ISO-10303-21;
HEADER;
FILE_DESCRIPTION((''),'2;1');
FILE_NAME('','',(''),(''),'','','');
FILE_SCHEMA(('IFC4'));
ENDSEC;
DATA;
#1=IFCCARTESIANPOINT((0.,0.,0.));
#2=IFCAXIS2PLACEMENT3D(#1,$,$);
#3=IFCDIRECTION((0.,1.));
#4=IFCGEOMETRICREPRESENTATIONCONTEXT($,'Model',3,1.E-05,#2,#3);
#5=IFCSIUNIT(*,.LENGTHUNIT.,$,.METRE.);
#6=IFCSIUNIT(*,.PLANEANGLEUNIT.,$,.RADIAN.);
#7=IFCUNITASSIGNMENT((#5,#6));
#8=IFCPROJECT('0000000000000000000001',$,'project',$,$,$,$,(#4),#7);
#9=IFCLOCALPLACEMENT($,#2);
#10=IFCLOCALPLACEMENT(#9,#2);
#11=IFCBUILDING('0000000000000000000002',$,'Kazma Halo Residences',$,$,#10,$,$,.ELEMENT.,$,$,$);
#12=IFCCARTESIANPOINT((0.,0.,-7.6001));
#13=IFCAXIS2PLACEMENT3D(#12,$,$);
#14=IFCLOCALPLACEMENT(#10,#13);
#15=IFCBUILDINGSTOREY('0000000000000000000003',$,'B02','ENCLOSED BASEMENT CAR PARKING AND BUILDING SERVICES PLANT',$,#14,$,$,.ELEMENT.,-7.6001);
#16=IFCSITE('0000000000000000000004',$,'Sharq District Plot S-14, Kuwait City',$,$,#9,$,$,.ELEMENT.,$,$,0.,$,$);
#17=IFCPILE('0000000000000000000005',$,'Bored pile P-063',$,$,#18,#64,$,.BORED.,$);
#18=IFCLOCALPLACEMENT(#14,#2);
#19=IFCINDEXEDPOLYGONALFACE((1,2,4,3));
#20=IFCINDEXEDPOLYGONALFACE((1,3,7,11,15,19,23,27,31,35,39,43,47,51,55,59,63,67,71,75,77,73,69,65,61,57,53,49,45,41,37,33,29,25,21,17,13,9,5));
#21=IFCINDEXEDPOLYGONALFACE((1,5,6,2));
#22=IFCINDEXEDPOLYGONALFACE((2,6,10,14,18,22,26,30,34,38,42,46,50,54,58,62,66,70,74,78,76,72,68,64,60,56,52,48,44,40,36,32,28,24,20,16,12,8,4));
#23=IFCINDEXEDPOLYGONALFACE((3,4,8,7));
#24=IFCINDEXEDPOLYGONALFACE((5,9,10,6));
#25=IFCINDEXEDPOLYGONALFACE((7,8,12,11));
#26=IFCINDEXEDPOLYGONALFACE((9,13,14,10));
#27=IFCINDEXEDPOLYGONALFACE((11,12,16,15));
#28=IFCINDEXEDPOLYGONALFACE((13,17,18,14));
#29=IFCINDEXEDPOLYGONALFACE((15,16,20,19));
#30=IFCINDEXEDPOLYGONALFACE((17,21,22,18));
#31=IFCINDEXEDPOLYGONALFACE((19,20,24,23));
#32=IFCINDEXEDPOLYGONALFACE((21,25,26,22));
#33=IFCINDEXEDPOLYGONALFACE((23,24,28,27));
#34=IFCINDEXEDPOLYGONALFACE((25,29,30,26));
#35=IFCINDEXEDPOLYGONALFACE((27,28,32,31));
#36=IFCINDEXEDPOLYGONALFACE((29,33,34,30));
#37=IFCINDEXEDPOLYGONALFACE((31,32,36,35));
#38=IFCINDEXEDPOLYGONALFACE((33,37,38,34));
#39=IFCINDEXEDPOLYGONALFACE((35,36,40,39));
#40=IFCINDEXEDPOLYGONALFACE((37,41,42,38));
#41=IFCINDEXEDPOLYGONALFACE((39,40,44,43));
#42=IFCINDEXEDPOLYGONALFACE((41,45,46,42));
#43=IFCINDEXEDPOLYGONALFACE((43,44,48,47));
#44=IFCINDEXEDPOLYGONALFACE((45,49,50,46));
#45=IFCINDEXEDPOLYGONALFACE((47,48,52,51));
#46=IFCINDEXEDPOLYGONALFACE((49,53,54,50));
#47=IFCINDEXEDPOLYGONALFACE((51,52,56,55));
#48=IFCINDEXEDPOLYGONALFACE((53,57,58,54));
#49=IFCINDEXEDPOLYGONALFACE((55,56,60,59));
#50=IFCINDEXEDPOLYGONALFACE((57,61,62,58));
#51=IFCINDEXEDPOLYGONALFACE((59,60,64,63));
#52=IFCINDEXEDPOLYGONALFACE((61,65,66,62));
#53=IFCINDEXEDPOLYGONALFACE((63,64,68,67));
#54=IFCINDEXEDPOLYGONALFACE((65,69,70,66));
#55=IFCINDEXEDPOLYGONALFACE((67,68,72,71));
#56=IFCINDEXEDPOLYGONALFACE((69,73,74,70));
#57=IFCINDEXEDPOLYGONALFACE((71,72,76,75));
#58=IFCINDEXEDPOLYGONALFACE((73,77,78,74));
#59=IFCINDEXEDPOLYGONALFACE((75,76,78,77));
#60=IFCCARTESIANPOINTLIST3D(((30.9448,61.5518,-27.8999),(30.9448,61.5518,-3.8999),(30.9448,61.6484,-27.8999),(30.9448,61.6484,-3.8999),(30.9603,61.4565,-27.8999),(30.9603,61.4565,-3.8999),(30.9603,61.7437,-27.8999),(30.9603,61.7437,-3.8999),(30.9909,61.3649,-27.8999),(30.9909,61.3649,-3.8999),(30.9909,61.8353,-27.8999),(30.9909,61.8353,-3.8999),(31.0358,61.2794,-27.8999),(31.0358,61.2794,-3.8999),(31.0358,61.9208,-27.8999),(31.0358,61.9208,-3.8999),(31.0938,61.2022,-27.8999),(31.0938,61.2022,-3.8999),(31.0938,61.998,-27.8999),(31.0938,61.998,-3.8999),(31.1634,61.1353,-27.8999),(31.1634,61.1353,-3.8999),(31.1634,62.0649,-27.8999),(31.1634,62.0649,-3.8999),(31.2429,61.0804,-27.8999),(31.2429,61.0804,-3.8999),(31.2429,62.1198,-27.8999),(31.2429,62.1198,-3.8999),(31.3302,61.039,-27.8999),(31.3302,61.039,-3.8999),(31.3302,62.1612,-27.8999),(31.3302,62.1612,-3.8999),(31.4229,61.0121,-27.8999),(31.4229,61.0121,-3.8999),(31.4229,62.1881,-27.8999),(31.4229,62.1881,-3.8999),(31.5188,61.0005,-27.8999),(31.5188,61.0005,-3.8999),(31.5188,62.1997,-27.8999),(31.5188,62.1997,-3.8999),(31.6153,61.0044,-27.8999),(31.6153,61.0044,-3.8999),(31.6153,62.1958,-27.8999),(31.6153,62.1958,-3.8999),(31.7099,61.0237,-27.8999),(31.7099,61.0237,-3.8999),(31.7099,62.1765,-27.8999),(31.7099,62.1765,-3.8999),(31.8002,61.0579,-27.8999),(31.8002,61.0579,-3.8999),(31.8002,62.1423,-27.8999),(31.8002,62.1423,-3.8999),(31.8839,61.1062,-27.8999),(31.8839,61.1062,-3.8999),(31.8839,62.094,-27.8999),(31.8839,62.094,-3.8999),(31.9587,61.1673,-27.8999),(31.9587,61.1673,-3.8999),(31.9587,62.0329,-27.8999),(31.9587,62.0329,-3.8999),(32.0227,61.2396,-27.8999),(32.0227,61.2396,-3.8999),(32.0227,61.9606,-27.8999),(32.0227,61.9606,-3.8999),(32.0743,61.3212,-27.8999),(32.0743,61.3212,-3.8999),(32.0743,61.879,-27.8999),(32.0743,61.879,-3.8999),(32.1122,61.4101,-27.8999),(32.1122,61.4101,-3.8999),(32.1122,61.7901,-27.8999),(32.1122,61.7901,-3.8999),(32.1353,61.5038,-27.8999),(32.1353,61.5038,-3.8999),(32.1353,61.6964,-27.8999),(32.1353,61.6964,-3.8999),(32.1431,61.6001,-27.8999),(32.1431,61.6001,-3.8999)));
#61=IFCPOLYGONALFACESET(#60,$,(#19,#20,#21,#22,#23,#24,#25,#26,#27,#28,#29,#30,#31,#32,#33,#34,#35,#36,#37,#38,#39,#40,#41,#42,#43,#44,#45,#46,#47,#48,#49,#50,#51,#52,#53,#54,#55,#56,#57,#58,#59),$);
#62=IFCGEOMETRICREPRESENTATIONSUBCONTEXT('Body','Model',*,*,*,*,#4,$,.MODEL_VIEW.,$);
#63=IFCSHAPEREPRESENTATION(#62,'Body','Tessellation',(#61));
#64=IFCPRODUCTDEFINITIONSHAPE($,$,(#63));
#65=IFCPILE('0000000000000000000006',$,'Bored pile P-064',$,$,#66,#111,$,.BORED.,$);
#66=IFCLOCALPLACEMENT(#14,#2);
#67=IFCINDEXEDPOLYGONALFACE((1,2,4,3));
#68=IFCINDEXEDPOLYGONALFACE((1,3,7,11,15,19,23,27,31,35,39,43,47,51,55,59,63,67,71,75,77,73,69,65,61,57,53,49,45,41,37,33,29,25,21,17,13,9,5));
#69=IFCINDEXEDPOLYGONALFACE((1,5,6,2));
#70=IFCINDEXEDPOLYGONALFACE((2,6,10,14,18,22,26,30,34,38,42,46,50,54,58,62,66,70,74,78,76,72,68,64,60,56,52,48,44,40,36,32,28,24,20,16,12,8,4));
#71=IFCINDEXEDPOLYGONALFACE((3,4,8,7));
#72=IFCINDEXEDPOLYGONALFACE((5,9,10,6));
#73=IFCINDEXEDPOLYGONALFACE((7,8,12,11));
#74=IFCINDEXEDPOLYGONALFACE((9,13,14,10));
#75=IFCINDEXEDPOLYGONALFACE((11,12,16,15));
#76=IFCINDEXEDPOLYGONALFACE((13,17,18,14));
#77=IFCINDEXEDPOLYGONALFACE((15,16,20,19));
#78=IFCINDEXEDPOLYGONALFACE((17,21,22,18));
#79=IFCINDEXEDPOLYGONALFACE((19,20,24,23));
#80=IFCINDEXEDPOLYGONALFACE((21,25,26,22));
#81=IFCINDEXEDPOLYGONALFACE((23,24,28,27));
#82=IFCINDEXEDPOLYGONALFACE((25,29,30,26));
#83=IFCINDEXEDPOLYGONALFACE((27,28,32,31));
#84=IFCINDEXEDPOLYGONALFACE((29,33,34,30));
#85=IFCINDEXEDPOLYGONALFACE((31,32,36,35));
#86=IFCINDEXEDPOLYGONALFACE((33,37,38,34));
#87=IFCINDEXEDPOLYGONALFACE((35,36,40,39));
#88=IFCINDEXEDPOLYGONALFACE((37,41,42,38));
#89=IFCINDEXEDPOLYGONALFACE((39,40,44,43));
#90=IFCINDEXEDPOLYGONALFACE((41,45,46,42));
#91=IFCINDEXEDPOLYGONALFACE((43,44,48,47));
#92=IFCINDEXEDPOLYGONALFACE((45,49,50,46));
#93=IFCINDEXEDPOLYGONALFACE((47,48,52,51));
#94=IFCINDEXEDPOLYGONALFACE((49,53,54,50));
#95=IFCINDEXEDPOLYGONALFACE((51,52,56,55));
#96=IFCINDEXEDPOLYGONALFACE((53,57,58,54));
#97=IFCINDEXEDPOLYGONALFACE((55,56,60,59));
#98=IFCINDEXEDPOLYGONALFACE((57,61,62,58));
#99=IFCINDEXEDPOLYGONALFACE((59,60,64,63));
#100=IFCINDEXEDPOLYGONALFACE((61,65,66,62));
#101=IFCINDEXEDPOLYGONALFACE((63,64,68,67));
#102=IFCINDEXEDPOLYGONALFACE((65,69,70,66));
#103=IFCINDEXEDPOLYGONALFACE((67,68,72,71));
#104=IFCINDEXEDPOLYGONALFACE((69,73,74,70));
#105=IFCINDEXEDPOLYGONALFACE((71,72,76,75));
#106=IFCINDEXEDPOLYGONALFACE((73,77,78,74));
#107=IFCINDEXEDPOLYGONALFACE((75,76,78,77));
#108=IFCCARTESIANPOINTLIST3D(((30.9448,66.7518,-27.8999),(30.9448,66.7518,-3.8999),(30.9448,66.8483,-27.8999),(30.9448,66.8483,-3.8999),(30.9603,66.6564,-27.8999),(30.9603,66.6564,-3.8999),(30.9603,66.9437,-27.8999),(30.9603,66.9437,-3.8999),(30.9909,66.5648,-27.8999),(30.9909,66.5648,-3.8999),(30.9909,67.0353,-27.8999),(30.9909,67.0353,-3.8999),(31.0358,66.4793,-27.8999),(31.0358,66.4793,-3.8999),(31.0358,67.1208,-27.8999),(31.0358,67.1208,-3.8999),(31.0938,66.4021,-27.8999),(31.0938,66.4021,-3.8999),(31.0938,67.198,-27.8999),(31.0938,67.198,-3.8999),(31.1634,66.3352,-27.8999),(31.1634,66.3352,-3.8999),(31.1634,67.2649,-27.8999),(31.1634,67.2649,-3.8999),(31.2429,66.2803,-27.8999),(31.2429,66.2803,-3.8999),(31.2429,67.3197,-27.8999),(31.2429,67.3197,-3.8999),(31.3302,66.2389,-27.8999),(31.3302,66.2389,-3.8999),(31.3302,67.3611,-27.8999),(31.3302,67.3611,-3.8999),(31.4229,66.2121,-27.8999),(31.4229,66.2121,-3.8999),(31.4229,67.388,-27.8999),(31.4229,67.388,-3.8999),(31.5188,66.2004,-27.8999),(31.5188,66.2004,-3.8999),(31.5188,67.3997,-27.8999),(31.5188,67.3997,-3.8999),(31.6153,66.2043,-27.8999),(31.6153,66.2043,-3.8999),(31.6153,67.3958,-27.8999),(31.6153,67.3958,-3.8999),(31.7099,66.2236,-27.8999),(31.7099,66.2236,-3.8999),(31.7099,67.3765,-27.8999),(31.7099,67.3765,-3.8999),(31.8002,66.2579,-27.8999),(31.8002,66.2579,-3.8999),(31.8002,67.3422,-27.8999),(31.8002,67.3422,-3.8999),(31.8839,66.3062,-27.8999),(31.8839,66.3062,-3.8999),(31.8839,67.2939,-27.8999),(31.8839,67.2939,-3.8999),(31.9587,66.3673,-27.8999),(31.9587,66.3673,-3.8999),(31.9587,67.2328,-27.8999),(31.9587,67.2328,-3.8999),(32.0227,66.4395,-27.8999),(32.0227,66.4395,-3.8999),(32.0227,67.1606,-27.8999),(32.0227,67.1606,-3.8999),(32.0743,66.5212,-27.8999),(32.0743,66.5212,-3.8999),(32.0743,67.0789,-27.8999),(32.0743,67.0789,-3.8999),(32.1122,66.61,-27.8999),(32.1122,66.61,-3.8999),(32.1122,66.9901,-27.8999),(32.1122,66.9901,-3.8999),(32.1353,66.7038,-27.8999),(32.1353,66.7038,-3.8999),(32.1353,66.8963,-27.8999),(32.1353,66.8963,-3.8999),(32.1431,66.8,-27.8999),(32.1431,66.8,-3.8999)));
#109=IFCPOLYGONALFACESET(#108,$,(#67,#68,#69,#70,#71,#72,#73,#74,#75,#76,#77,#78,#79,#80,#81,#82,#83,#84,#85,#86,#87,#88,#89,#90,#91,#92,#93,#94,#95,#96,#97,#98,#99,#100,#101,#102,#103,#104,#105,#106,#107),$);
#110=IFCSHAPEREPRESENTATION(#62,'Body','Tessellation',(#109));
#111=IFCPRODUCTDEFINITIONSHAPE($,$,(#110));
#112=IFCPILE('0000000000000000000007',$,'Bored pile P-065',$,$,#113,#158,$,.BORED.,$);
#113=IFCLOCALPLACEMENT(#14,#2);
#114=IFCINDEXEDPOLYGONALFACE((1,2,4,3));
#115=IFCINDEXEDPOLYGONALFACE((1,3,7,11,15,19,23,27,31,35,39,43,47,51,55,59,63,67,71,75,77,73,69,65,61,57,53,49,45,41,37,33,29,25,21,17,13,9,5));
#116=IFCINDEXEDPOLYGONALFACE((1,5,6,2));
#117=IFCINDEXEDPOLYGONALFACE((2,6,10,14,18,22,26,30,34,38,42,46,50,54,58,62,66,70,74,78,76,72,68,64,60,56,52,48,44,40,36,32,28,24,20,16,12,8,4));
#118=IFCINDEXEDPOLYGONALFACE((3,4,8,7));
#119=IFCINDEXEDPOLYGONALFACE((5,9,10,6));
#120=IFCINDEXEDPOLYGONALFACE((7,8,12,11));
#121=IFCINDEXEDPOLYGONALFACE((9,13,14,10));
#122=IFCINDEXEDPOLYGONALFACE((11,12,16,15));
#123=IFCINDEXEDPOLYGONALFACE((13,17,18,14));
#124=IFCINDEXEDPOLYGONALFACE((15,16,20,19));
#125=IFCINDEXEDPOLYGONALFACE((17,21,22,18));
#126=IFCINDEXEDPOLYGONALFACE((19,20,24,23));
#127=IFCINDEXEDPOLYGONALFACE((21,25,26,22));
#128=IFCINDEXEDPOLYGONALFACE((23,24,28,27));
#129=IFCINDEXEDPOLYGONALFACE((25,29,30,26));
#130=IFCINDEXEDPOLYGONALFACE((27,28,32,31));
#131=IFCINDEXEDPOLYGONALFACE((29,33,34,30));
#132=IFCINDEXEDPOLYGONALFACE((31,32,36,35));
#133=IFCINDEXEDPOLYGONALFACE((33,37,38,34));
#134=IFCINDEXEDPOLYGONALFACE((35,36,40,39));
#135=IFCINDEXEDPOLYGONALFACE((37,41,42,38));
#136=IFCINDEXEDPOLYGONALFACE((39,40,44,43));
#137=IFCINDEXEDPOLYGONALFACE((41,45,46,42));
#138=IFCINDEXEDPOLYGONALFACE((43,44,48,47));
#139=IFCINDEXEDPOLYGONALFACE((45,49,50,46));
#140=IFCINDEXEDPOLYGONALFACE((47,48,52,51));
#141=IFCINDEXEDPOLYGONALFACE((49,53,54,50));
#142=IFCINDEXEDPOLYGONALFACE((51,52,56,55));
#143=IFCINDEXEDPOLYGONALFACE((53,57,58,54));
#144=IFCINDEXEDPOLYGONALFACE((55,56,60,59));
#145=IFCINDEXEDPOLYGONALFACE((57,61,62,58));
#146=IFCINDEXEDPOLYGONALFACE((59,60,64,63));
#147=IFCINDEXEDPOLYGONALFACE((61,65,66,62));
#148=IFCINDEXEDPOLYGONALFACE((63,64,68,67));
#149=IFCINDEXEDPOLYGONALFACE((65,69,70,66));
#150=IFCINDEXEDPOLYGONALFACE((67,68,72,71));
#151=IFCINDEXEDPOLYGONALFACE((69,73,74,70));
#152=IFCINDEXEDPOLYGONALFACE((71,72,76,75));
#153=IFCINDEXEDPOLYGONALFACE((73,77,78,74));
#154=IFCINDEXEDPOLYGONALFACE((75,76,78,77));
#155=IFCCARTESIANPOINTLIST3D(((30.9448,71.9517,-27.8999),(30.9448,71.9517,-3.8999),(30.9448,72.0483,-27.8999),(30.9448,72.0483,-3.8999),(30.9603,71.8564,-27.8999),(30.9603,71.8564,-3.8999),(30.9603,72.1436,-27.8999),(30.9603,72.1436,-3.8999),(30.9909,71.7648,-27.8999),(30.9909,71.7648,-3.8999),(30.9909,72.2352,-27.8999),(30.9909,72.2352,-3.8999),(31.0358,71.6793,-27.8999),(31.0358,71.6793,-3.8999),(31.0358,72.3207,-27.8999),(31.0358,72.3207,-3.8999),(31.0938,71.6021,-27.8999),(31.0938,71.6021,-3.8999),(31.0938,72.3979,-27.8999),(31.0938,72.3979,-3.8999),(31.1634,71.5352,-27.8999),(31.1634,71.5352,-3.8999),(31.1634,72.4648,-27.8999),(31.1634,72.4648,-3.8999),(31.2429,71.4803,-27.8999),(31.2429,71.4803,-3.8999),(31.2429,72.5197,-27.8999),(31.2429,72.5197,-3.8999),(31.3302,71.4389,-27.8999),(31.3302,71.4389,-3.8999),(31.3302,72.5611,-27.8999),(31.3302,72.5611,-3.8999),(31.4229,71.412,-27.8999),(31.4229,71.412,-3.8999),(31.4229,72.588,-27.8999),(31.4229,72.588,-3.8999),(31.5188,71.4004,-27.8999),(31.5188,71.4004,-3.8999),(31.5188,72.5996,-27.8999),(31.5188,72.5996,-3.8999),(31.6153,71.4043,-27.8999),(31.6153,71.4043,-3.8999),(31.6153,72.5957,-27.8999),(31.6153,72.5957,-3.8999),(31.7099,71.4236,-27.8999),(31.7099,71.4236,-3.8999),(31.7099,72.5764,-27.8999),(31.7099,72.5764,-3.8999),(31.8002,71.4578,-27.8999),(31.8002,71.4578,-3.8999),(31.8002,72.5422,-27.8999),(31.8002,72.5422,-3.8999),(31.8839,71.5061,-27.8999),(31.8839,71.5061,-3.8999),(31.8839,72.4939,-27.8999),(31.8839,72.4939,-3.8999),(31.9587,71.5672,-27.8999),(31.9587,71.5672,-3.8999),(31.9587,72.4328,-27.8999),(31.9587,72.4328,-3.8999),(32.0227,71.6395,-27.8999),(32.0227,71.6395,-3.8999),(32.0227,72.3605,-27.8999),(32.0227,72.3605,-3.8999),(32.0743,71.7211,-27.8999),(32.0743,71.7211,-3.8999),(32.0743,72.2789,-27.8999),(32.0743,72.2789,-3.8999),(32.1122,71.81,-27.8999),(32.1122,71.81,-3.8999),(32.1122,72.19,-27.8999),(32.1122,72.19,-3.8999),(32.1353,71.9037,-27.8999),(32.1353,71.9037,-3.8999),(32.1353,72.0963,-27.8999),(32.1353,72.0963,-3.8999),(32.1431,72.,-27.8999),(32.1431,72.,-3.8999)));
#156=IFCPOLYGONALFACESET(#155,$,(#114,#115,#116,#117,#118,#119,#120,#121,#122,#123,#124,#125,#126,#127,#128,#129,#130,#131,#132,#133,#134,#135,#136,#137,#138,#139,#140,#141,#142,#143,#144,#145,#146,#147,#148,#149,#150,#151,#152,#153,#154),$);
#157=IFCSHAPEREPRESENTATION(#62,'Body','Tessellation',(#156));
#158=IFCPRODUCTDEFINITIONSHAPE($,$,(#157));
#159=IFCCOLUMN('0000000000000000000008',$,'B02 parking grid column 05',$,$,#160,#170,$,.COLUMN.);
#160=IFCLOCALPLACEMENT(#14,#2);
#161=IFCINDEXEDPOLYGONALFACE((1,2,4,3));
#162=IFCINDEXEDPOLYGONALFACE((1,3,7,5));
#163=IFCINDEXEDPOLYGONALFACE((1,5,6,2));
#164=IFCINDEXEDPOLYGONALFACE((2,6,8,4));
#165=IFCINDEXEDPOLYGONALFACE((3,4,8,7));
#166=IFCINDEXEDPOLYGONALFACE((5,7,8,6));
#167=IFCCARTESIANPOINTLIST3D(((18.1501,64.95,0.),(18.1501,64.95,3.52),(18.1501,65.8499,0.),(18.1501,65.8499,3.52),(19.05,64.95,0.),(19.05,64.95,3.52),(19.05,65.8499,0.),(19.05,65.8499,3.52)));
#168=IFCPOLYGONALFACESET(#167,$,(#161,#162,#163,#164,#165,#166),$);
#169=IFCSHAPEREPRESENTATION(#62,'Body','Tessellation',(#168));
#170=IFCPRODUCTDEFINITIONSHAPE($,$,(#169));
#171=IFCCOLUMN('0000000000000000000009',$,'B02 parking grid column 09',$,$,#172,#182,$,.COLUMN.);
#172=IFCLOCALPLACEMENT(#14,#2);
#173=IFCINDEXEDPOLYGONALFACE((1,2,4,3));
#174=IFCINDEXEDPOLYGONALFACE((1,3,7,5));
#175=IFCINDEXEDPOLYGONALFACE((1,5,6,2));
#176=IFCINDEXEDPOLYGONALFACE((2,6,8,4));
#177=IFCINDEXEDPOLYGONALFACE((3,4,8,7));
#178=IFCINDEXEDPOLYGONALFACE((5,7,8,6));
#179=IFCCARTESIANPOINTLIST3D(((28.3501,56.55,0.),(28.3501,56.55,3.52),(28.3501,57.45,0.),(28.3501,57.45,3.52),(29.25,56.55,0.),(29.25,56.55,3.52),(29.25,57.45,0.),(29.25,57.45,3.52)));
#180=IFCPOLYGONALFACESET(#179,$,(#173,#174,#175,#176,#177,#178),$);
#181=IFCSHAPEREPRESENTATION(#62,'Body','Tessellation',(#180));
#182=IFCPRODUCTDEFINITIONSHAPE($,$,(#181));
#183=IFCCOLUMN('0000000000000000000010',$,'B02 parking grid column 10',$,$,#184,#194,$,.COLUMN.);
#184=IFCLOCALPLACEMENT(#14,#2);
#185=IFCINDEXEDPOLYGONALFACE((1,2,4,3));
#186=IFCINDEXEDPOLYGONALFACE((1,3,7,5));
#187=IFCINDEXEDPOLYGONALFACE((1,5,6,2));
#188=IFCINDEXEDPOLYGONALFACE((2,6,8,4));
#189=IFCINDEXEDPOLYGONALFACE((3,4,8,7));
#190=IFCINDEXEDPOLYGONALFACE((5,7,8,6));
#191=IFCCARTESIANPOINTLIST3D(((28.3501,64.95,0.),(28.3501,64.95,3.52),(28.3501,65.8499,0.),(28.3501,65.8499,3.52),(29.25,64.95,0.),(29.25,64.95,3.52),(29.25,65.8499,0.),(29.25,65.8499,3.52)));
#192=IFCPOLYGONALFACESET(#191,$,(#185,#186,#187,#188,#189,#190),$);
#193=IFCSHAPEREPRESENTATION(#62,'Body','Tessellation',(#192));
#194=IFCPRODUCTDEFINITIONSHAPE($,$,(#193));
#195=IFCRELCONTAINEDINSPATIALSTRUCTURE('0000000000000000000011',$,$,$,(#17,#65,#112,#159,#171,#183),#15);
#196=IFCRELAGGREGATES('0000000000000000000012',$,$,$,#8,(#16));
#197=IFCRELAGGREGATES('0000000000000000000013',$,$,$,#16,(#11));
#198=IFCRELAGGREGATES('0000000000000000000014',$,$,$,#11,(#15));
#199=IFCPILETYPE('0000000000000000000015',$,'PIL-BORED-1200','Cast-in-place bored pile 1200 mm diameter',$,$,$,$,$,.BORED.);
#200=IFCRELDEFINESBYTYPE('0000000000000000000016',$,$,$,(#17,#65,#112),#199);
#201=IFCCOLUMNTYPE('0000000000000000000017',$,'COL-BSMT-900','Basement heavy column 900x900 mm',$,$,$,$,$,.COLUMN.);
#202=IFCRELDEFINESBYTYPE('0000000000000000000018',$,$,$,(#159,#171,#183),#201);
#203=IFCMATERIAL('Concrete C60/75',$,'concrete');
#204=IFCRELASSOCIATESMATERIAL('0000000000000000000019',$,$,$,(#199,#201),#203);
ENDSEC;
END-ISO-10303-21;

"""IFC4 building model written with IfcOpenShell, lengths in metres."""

from ifc_helpers import new_model, si_unit, direction, frame, origin, origin_2d, place, context, subcontext, project, spatial, rectangle, circle, extrude, material, material_profile, profile_set, type_object, element, save


model = new_model("IFC4")

# Units and contexts
model_context = context("Model", 3, precision=1e-05, world=origin(), true_north=direction((0.0, 1.0)))
body_context = subcontext(model_context, "Body", "Model", "MODEL_VIEW")
ifc_project = project(units=[si_unit("LENGTHUNIT", "METRE"), si_unit("PLANEANGLEUNIT", "RADIAN")], contexts=[model_context])

# Site, building, storey
site_placement = place(None, origin())
site = spatial("IfcSite", under=ifc_project, at=site_placement, Name="Sharq District Plot S-14, Kuwait City", CompositionType="ELEMENT", RefElevation=0.0)
building_placement = place(site_placement, origin())
building = spatial("IfcBuilding", under=site, at=building_placement, Name="Kazma Halo Residences", CompositionType="ELEMENT")
storey_placement = place(building_placement, frame((0.0, 0.0, -7.6001)))
storey = spatial("IfcBuildingStorey", under=building, at=storey_placement, Name="B02", Description="ENCLOSED BASEMENT CAR PARKING AND BUILDING SERVICES PLANT", CompositionType="ELEMENT", Elevation=-7.6001)

# Piles
ifc_material_1 = material(Name="Concrete C60/75", Category="concrete")
ifc_material_profile_1 = material_profile(ifc_material_1, circle(Radius=0.6001, at=origin_2d()), Name="CIRC1200")
ifc_profile_set_1 = profile_set([ifc_material_profile_1], Name="Concrete C60/75")
pile_type = type_object("IfcPileType", Name="PIL-BORED-1200", Description="Cast-in-place bored pile 1200 mm diameter", PredefinedType="BORED", material=ifc_profile_set_1)
for number, where, z_axis, x_axis, name in (
    (1, (31.543, 61.6001, -3.8999), (0.0, 0.0, -1.0), (1.0, 0.0, 0.0), "Bored pile P-063"),
    (2, (31.543, 66.8, -3.8999), (0.0, 0.0, -1.0), (1.0, 0.0, 0.0), "Bored pile P-064"),
    (3, (31.543, 72.0, -3.8999), (0.0, 0.0, -1.0), (1.0, 0.0, 0.0), "Bored pile P-065"),
):
    element("IfcPile", number, at=place(storey_placement, frame(where, z_axis=z_axis, x_axis=x_axis)), inside=storey, type_object=pile_type, Name=name, PredefinedType="BORED", context=body_context, shape_type="SweptSolid", body=[
        extrude(circle(Radius=0.6001, at=origin_2d()), origin(), (0.0, 0.0, 1.0), 24.0),
    ])

# Columns
ifc_material_profile_2 = material_profile(ifc_material_1, rectangle(XDim=0.8999, YDim=0.8999, at=origin_2d()), Name="RECT900x900")
ifc_profile_set_2 = profile_set([ifc_material_profile_2], Name="Concrete C60/75")
column_type_1 = type_object("IfcColumnType", Name="COL-BSMT-900", Description="Basement heavy column 900x900 mm", PredefinedType="COLUMN", material=ifc_profile_set_2)
for number, where, z_axis, x_axis, name in (
    (4, (18.6001, 65.3999, 0.0), (0.0, 0.0, 1.0), (1.0, 0.0, 0.0), "B02 parking grid column 05"),
    (5, (28.8, 57.0, 0.0), (0.0, 0.0, 1.0), (1.0, 0.0, 0.0), "B02 parking grid column 09"),
    (6, (28.8, 65.3999, 0.0), (0.0, 0.0, 1.0), (1.0, 0.0, 0.0), "B02 parking grid column 10"),
):
    element("IfcColumn", number, at=place(storey_placement, frame(where, z_axis=z_axis, x_axis=x_axis)), inside=storey, type_object=column_type_1, Name=name, PredefinedType="COLUMN", context=body_context, shape_type="SweptSolid", body=[
        extrude(rectangle(XDim=0.8999, YDim=0.8999, at=origin_2d()), origin(), (0.0, 0.0, 1.0), 3.52),
    ])

save(model, "model.ifc")
